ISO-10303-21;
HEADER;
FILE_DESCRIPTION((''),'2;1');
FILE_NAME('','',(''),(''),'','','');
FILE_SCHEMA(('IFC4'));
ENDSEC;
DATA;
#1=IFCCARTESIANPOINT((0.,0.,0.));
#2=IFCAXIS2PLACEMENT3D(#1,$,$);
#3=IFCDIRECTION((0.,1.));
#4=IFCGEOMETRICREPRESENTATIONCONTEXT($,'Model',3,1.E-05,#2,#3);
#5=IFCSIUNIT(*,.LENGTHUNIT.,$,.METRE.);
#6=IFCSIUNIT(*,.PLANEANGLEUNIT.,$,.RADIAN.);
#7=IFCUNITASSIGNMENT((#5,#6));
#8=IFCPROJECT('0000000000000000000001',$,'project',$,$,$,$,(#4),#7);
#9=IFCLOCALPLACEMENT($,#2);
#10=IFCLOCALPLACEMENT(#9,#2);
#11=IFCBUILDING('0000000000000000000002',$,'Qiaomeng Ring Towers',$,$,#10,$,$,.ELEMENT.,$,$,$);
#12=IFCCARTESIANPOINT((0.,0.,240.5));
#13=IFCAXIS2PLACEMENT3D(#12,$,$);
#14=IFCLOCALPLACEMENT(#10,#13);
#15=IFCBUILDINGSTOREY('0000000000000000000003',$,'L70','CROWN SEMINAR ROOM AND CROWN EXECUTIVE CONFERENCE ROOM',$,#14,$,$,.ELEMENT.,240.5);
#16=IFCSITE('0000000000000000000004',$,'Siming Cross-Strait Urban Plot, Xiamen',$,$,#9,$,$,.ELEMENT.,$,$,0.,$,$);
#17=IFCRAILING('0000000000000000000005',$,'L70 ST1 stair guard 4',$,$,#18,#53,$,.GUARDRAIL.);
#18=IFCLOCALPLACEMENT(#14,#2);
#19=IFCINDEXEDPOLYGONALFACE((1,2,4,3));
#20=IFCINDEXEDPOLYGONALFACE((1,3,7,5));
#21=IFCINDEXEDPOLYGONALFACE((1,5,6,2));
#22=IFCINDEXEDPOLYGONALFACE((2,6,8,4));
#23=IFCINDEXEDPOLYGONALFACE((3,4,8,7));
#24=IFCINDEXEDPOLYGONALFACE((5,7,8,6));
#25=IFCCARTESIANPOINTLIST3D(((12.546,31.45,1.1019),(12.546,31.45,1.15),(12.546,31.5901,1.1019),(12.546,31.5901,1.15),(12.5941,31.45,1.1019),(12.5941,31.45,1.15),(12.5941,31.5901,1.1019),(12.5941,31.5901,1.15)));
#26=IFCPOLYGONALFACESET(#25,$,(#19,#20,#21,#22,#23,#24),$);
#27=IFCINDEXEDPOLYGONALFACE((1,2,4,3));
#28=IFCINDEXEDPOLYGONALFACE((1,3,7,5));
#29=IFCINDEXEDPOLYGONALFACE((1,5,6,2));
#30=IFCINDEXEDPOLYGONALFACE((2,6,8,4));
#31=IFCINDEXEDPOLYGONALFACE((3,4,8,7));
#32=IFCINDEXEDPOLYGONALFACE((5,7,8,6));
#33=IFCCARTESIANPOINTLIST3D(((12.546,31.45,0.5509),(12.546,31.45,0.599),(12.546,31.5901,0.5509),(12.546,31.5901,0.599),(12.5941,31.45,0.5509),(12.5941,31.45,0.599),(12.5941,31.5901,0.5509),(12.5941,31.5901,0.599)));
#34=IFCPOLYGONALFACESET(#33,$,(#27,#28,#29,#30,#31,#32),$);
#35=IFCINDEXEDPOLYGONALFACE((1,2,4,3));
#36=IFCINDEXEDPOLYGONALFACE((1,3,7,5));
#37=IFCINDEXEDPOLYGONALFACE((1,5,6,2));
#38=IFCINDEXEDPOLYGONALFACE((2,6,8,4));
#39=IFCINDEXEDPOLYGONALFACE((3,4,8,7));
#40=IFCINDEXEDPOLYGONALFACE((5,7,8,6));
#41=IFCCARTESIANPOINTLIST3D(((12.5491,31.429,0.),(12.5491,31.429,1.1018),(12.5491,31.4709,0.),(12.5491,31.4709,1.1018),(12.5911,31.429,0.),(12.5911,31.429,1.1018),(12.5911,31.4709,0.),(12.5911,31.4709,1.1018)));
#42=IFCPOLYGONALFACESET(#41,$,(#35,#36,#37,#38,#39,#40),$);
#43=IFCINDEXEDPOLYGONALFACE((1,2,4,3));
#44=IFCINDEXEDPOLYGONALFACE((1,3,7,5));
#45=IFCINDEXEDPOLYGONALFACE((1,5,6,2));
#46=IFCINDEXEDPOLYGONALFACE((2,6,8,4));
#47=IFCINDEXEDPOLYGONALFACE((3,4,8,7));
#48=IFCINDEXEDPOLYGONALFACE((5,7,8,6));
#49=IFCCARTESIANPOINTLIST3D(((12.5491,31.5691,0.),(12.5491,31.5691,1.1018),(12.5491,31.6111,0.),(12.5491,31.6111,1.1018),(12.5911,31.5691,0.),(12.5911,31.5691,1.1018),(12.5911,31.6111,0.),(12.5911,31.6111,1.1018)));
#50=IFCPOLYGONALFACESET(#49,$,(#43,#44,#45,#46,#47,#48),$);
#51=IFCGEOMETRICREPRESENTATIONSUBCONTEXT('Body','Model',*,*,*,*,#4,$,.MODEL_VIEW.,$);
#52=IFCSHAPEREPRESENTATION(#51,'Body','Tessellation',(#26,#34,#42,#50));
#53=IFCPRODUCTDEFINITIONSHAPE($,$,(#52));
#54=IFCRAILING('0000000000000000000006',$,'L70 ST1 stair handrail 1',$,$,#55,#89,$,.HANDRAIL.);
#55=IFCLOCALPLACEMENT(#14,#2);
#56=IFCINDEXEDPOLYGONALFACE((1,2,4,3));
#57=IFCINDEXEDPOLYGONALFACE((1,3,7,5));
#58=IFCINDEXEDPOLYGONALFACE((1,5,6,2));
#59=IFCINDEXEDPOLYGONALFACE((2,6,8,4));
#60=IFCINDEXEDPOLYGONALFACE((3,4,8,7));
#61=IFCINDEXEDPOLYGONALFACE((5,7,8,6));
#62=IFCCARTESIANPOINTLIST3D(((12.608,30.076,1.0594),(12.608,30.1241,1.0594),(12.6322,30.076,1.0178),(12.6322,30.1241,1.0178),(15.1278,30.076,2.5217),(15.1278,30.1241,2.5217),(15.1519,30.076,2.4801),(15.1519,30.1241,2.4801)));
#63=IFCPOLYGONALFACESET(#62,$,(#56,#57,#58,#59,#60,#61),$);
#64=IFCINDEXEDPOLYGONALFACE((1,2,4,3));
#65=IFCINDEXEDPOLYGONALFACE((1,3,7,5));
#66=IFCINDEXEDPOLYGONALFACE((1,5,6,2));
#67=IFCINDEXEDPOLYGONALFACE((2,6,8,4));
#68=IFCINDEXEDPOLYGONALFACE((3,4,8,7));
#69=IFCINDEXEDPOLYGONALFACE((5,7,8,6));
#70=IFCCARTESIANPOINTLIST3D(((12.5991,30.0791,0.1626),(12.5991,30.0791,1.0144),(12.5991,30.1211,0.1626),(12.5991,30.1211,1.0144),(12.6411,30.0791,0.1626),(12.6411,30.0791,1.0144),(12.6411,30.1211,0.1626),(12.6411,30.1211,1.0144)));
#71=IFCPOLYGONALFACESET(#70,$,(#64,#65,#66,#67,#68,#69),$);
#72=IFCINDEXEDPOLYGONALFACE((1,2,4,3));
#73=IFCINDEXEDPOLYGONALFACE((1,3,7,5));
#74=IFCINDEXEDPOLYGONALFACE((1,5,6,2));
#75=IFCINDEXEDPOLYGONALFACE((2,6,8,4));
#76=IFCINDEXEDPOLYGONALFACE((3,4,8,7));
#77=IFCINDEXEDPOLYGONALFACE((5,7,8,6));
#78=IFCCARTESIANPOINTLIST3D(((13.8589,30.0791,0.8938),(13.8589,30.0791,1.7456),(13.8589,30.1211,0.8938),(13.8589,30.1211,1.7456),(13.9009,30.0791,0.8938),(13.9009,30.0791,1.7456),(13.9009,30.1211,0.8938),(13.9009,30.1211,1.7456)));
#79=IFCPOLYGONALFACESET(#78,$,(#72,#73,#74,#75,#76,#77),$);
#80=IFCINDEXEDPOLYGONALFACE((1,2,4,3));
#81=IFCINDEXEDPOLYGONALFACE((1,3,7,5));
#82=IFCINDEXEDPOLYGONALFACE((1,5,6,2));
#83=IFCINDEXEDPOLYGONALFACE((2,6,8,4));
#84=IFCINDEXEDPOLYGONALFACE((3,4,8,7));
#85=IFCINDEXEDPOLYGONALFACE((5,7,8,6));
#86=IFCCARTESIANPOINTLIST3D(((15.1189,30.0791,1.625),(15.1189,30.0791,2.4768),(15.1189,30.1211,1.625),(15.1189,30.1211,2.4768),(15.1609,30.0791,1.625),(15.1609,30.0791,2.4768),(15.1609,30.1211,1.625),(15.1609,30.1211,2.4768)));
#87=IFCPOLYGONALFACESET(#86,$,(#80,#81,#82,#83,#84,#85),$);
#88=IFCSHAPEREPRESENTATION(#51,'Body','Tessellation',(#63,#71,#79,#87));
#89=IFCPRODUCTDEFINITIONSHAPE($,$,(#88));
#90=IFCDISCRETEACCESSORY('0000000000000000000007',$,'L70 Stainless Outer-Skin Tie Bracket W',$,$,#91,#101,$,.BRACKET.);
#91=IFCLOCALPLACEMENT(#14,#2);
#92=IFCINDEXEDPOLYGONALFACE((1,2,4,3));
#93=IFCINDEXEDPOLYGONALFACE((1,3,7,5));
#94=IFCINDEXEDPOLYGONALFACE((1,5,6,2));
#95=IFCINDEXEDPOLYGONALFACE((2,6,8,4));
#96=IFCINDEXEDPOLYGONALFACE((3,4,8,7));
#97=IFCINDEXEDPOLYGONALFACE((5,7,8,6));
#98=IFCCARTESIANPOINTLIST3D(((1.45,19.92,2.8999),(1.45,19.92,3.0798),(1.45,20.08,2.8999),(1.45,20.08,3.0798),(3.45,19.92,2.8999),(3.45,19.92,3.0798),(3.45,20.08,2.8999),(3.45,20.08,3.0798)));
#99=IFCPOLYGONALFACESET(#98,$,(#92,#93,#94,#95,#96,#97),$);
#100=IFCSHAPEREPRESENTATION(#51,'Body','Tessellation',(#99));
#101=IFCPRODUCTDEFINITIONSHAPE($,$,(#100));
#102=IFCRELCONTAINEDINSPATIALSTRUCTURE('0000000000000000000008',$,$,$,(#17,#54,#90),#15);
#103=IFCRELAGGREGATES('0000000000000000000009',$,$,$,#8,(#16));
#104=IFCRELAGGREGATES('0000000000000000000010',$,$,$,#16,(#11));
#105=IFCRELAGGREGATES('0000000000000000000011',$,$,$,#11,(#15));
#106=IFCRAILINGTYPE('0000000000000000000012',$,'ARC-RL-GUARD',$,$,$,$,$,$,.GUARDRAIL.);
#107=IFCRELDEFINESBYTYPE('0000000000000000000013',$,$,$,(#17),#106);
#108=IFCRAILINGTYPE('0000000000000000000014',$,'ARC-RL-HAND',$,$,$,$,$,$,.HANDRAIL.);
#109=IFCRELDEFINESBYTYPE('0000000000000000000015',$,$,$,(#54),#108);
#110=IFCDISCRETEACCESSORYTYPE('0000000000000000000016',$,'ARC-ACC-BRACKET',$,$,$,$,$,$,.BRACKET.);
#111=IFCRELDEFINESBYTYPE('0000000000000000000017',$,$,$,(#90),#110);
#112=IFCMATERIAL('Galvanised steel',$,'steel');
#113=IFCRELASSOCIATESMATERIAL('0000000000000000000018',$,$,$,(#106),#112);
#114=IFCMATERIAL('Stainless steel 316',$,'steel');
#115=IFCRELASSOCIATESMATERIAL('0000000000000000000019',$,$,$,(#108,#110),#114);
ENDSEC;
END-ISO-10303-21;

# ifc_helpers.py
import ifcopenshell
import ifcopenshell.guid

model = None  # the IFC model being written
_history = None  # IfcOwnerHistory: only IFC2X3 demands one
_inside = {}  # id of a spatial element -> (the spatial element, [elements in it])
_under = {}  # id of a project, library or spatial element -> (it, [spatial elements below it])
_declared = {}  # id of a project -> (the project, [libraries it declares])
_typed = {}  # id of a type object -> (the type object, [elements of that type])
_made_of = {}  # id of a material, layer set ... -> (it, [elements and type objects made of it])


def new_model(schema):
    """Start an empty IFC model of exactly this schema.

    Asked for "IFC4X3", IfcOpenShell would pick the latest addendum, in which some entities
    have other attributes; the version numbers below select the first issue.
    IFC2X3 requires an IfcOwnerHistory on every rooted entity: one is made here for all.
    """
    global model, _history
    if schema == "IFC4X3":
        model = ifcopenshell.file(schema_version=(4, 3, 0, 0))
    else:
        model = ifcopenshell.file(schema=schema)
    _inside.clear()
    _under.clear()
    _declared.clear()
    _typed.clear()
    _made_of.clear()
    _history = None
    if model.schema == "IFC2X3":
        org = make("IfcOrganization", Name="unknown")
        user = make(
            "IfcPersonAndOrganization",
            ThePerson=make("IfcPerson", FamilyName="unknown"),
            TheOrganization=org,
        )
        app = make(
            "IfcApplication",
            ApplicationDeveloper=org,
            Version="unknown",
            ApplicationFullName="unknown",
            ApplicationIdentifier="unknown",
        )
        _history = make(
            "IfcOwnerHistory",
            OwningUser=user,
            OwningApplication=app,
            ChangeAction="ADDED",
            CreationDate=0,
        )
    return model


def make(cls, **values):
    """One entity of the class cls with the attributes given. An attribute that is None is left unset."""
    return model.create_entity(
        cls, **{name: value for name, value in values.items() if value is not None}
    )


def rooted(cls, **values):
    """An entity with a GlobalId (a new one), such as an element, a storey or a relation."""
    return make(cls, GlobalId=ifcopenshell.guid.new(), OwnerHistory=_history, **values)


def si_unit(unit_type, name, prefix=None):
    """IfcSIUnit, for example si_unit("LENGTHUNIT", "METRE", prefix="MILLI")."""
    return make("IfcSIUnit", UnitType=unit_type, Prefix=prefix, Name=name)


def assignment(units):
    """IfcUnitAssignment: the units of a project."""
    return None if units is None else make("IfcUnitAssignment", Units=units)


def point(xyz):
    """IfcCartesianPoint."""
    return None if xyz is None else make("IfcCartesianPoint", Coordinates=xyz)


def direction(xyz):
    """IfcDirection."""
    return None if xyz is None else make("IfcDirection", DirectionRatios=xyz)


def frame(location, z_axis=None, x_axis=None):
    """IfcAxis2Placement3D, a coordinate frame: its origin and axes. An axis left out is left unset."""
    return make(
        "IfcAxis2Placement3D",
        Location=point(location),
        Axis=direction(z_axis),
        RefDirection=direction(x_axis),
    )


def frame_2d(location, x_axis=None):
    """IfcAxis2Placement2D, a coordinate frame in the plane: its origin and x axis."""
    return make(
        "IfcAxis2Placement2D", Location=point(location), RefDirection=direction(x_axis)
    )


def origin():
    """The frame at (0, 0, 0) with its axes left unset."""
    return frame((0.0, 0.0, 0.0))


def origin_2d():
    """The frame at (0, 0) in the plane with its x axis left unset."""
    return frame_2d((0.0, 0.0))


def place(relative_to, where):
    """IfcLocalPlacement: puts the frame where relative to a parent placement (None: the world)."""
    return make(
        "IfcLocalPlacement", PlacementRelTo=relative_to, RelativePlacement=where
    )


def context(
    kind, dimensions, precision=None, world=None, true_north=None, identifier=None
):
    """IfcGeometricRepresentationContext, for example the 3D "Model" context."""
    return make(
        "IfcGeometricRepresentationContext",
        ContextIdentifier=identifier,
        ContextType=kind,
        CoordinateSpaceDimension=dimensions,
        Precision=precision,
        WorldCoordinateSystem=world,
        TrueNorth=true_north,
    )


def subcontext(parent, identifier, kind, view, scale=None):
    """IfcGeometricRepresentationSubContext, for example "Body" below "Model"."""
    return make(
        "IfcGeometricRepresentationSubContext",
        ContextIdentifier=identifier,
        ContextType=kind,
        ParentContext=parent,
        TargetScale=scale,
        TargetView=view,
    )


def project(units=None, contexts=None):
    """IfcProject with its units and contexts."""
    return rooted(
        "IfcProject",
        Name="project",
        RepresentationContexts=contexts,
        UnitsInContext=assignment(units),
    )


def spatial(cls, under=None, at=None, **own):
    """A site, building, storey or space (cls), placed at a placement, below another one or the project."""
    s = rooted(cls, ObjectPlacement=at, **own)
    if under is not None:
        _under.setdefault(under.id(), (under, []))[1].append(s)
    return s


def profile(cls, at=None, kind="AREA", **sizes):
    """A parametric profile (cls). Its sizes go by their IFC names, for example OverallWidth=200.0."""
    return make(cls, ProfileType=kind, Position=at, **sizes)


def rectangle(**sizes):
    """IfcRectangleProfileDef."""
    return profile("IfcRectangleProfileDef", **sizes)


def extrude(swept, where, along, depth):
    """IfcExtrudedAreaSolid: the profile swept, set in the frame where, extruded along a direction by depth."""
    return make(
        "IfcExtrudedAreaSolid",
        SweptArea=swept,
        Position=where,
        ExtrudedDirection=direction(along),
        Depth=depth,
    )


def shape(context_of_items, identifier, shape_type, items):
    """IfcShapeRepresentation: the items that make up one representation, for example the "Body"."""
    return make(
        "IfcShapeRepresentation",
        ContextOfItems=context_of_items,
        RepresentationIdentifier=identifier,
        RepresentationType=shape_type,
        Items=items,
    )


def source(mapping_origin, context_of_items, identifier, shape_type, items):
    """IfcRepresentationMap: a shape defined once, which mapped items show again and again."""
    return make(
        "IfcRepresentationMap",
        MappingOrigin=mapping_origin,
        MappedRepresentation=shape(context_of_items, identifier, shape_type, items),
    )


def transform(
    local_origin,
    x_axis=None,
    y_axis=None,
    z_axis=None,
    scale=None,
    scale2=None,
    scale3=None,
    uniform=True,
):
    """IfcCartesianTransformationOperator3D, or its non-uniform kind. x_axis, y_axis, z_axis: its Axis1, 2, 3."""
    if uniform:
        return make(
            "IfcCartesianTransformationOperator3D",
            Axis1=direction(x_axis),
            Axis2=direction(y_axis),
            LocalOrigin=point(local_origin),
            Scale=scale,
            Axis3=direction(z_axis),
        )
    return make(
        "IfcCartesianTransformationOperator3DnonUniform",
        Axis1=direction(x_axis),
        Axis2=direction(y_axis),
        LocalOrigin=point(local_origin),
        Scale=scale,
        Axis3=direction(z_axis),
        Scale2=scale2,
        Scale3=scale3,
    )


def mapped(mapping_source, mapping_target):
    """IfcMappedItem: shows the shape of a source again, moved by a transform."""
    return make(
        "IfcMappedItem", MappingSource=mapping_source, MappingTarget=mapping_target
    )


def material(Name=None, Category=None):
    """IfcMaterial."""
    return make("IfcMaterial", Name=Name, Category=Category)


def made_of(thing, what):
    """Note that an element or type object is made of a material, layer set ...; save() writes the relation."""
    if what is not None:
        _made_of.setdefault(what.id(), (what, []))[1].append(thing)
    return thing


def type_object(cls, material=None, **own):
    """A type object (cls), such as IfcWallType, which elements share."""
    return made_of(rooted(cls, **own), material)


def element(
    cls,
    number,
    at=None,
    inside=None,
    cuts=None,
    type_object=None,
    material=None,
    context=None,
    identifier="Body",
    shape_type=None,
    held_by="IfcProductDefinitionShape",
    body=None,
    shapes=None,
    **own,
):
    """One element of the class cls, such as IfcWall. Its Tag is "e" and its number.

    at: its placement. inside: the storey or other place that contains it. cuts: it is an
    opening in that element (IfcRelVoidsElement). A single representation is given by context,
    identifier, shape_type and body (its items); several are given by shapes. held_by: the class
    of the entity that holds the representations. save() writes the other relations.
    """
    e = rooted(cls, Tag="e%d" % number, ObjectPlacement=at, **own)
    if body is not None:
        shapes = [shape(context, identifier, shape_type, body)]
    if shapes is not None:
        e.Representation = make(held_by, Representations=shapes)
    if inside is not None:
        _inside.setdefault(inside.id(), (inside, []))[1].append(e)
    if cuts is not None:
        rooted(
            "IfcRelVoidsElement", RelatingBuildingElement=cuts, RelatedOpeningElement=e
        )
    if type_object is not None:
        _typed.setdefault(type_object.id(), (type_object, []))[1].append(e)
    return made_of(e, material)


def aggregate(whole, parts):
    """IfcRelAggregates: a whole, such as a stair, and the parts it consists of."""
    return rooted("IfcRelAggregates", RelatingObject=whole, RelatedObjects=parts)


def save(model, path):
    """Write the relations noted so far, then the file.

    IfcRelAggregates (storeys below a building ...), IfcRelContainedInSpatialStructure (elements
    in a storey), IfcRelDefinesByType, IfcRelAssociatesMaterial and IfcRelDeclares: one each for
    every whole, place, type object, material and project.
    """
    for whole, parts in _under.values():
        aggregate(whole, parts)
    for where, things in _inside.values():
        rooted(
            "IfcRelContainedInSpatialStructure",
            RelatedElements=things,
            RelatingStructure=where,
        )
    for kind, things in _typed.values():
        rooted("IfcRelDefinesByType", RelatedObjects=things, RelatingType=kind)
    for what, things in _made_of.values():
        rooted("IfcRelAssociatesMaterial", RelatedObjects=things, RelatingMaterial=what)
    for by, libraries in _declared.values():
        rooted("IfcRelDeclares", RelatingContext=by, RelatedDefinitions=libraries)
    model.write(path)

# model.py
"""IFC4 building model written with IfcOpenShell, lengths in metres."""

from ifc_helpers import new_model, si_unit, direction, frame, origin, origin_2d, place, context, subcontext, project, spatial, rectangle, extrude, source, transform, mapped, material, type_object, element, save


model = new_model("IFC4")

# Units and contexts
model_context = context("Model", 3, precision=1e-05, world=origin(), true_north=direction((0.0, 1.0)))
body_context = subcontext(model_context, "Body", "Model", "MODEL_VIEW")
ifc_project = project(units=[si_unit("LENGTHUNIT", "METRE"), si_unit("PLANEANGLEUNIT", "RADIAN")], contexts=[model_context])

# Site, building, storey
site_placement = place(None, origin())
site = spatial("IfcSite", under=ifc_project, at=site_placement, Name="Siming Cross-Strait Urban Plot, Xiamen", CompositionType="ELEMENT", RefElevation=0.0)
building_placement = place(site_placement, origin())
building = spatial("IfcBuilding", under=site, at=building_placement, Name="Qiaomeng Ring Towers", CompositionType="ELEMENT")
storey_placement = place(building_placement, frame((0.0, 0.0, 240.5)))
storey = spatial("IfcBuildingStorey", under=building, at=storey_placement, Name="L70", Description="CROWN SEMINAR ROOM AND CROWN EXECUTIVE CONFERENCE ROOM", CompositionType="ELEMENT", Elevation=240.5)

# Shared definitions
ifc_material_1 = material(Name="Stainless steel 316", Category="steel")

# Railings
ifc_material_2 = material(Name="Galvanised steel", Category="steel")
railing_type_1 = type_object("IfcRailingType", Name="ARC-RL-GUARD", PredefinedType="GUARDRAIL", material=ifc_material_2)
railing_1_placement = place(storey_placement, frame((12.5701, 31.45, 0.0)))
element("IfcRailing", 1, at=railing_1_placement, inside=storey, type_object=railing_type_1, Name="L70 ST1 stair guard 4", PredefinedType="GUARDRAIL", context=body_context, shape_type="SweptSolid", body=[
    extrude(rectangle(XDim=0.0481, YDim=0.0481, at=origin_2d()), frame((0.0, 0.0, 1.126), z_axis=(0.0, 1.0, 0.0), x_axis=(-1.0, 0.0, 0.0)), (0.0, 0.0, 1.0), 0.1401),
    extrude(rectangle(XDim=0.0481, YDim=0.0481, at=origin_2d()), frame((0.0, 0.0, 0.575), z_axis=(0.0, 1.0, 0.0), x_axis=(-1.0, 0.0, 0.0)), (0.0, 0.0, 1.0), 0.1401),
    extrude(rectangle(XDim=0.042, YDim=0.042, at=origin_2d()), origin(), (0.0, 0.0, 1.0), 1.1018),
    extrude(rectangle(XDim=0.042, YDim=0.042, at=origin_2d()), frame((0.0, 0.1401, 0.0)), (0.0, 0.0, 1.0), 1.1018),
])
railing_type_2 = type_object("IfcRailingType", Name="ARC-RL-HAND", PredefinedType="HANDRAIL", material=ifc_material_1)
railing_2_placement = place(storey_placement, frame((12.6201, 30.1001, 0.1626)))
element("IfcRailing", 2, at=railing_2_placement, inside=storey, type_object=railing_type_2, Name="L70 ST1 stair handrail 1", PredefinedType="HANDRAIL", context=body_context, shape_type="SweptSolid", body=[
    extrude(rectangle(XDim=0.0481, YDim=0.0481, at=origin_2d()), frame((0.0, 0.0, 0.876), z_axis=(0.864892, 0.0, 0.501958), x_axis=(0.0, 1.0, 0.0)), (0.0, 0.0, 1.0), 2.9133),
    extrude(rectangle(XDim=0.042, YDim=0.042, at=origin_2d()), origin(), (0.0, 0.0, 1.0), 0.8518),
    extrude(rectangle(XDim=0.042, YDim=0.042, at=origin_2d()), frame((1.2598, 0.0, 0.7312)), (0.0, 0.0, 1.0), 0.8518),
    extrude(rectangle(XDim=0.042, YDim=0.042, at=origin_2d()), frame((2.5198, 0.0, 1.4624)), (0.0, 0.0, 1.0), 0.8518),
])

# Discrete accessory
discrete_accessory_type = type_object("IfcDiscreteAccessoryType", Name="ARC-ACC-BRACKET", PredefinedType="BRACKET", material=ifc_material_1)
shared_shape_1 = source(origin(), body_context, "Body", "SweptSolid", [
    extrude(rectangle(XDim=2.0, YDim=0.1599, at=origin_2d()), origin(), (0.0, 0.0, 1.0), 0.1799),
])
discrete_accessory_placement = place(storey_placement, frame((2.45, 20.0, 2.8999), z_axis=(0.0, 0.0, 1.0), x_axis=(1.0, 0.0, 0.0)))
element("IfcDiscreteAccessory", 3, at=discrete_accessory_placement, inside=storey, type_object=discrete_accessory_type, Name="L70 Stainless Outer-Skin Tie Bracket W", PredefinedType="BRACKET", context=body_context, shape_type="MappedRepresentation", body=[
    mapped(shared_shape_1, transform((0.0, 0.0, 0.0), x_axis=(1.0, 0.0, 0.0), y_axis=(0.0, 1.0, 0.0), z_axis=(0.0, 0.0, 1.0), scale=1.0)),
])

save(model, "model.ifc")
